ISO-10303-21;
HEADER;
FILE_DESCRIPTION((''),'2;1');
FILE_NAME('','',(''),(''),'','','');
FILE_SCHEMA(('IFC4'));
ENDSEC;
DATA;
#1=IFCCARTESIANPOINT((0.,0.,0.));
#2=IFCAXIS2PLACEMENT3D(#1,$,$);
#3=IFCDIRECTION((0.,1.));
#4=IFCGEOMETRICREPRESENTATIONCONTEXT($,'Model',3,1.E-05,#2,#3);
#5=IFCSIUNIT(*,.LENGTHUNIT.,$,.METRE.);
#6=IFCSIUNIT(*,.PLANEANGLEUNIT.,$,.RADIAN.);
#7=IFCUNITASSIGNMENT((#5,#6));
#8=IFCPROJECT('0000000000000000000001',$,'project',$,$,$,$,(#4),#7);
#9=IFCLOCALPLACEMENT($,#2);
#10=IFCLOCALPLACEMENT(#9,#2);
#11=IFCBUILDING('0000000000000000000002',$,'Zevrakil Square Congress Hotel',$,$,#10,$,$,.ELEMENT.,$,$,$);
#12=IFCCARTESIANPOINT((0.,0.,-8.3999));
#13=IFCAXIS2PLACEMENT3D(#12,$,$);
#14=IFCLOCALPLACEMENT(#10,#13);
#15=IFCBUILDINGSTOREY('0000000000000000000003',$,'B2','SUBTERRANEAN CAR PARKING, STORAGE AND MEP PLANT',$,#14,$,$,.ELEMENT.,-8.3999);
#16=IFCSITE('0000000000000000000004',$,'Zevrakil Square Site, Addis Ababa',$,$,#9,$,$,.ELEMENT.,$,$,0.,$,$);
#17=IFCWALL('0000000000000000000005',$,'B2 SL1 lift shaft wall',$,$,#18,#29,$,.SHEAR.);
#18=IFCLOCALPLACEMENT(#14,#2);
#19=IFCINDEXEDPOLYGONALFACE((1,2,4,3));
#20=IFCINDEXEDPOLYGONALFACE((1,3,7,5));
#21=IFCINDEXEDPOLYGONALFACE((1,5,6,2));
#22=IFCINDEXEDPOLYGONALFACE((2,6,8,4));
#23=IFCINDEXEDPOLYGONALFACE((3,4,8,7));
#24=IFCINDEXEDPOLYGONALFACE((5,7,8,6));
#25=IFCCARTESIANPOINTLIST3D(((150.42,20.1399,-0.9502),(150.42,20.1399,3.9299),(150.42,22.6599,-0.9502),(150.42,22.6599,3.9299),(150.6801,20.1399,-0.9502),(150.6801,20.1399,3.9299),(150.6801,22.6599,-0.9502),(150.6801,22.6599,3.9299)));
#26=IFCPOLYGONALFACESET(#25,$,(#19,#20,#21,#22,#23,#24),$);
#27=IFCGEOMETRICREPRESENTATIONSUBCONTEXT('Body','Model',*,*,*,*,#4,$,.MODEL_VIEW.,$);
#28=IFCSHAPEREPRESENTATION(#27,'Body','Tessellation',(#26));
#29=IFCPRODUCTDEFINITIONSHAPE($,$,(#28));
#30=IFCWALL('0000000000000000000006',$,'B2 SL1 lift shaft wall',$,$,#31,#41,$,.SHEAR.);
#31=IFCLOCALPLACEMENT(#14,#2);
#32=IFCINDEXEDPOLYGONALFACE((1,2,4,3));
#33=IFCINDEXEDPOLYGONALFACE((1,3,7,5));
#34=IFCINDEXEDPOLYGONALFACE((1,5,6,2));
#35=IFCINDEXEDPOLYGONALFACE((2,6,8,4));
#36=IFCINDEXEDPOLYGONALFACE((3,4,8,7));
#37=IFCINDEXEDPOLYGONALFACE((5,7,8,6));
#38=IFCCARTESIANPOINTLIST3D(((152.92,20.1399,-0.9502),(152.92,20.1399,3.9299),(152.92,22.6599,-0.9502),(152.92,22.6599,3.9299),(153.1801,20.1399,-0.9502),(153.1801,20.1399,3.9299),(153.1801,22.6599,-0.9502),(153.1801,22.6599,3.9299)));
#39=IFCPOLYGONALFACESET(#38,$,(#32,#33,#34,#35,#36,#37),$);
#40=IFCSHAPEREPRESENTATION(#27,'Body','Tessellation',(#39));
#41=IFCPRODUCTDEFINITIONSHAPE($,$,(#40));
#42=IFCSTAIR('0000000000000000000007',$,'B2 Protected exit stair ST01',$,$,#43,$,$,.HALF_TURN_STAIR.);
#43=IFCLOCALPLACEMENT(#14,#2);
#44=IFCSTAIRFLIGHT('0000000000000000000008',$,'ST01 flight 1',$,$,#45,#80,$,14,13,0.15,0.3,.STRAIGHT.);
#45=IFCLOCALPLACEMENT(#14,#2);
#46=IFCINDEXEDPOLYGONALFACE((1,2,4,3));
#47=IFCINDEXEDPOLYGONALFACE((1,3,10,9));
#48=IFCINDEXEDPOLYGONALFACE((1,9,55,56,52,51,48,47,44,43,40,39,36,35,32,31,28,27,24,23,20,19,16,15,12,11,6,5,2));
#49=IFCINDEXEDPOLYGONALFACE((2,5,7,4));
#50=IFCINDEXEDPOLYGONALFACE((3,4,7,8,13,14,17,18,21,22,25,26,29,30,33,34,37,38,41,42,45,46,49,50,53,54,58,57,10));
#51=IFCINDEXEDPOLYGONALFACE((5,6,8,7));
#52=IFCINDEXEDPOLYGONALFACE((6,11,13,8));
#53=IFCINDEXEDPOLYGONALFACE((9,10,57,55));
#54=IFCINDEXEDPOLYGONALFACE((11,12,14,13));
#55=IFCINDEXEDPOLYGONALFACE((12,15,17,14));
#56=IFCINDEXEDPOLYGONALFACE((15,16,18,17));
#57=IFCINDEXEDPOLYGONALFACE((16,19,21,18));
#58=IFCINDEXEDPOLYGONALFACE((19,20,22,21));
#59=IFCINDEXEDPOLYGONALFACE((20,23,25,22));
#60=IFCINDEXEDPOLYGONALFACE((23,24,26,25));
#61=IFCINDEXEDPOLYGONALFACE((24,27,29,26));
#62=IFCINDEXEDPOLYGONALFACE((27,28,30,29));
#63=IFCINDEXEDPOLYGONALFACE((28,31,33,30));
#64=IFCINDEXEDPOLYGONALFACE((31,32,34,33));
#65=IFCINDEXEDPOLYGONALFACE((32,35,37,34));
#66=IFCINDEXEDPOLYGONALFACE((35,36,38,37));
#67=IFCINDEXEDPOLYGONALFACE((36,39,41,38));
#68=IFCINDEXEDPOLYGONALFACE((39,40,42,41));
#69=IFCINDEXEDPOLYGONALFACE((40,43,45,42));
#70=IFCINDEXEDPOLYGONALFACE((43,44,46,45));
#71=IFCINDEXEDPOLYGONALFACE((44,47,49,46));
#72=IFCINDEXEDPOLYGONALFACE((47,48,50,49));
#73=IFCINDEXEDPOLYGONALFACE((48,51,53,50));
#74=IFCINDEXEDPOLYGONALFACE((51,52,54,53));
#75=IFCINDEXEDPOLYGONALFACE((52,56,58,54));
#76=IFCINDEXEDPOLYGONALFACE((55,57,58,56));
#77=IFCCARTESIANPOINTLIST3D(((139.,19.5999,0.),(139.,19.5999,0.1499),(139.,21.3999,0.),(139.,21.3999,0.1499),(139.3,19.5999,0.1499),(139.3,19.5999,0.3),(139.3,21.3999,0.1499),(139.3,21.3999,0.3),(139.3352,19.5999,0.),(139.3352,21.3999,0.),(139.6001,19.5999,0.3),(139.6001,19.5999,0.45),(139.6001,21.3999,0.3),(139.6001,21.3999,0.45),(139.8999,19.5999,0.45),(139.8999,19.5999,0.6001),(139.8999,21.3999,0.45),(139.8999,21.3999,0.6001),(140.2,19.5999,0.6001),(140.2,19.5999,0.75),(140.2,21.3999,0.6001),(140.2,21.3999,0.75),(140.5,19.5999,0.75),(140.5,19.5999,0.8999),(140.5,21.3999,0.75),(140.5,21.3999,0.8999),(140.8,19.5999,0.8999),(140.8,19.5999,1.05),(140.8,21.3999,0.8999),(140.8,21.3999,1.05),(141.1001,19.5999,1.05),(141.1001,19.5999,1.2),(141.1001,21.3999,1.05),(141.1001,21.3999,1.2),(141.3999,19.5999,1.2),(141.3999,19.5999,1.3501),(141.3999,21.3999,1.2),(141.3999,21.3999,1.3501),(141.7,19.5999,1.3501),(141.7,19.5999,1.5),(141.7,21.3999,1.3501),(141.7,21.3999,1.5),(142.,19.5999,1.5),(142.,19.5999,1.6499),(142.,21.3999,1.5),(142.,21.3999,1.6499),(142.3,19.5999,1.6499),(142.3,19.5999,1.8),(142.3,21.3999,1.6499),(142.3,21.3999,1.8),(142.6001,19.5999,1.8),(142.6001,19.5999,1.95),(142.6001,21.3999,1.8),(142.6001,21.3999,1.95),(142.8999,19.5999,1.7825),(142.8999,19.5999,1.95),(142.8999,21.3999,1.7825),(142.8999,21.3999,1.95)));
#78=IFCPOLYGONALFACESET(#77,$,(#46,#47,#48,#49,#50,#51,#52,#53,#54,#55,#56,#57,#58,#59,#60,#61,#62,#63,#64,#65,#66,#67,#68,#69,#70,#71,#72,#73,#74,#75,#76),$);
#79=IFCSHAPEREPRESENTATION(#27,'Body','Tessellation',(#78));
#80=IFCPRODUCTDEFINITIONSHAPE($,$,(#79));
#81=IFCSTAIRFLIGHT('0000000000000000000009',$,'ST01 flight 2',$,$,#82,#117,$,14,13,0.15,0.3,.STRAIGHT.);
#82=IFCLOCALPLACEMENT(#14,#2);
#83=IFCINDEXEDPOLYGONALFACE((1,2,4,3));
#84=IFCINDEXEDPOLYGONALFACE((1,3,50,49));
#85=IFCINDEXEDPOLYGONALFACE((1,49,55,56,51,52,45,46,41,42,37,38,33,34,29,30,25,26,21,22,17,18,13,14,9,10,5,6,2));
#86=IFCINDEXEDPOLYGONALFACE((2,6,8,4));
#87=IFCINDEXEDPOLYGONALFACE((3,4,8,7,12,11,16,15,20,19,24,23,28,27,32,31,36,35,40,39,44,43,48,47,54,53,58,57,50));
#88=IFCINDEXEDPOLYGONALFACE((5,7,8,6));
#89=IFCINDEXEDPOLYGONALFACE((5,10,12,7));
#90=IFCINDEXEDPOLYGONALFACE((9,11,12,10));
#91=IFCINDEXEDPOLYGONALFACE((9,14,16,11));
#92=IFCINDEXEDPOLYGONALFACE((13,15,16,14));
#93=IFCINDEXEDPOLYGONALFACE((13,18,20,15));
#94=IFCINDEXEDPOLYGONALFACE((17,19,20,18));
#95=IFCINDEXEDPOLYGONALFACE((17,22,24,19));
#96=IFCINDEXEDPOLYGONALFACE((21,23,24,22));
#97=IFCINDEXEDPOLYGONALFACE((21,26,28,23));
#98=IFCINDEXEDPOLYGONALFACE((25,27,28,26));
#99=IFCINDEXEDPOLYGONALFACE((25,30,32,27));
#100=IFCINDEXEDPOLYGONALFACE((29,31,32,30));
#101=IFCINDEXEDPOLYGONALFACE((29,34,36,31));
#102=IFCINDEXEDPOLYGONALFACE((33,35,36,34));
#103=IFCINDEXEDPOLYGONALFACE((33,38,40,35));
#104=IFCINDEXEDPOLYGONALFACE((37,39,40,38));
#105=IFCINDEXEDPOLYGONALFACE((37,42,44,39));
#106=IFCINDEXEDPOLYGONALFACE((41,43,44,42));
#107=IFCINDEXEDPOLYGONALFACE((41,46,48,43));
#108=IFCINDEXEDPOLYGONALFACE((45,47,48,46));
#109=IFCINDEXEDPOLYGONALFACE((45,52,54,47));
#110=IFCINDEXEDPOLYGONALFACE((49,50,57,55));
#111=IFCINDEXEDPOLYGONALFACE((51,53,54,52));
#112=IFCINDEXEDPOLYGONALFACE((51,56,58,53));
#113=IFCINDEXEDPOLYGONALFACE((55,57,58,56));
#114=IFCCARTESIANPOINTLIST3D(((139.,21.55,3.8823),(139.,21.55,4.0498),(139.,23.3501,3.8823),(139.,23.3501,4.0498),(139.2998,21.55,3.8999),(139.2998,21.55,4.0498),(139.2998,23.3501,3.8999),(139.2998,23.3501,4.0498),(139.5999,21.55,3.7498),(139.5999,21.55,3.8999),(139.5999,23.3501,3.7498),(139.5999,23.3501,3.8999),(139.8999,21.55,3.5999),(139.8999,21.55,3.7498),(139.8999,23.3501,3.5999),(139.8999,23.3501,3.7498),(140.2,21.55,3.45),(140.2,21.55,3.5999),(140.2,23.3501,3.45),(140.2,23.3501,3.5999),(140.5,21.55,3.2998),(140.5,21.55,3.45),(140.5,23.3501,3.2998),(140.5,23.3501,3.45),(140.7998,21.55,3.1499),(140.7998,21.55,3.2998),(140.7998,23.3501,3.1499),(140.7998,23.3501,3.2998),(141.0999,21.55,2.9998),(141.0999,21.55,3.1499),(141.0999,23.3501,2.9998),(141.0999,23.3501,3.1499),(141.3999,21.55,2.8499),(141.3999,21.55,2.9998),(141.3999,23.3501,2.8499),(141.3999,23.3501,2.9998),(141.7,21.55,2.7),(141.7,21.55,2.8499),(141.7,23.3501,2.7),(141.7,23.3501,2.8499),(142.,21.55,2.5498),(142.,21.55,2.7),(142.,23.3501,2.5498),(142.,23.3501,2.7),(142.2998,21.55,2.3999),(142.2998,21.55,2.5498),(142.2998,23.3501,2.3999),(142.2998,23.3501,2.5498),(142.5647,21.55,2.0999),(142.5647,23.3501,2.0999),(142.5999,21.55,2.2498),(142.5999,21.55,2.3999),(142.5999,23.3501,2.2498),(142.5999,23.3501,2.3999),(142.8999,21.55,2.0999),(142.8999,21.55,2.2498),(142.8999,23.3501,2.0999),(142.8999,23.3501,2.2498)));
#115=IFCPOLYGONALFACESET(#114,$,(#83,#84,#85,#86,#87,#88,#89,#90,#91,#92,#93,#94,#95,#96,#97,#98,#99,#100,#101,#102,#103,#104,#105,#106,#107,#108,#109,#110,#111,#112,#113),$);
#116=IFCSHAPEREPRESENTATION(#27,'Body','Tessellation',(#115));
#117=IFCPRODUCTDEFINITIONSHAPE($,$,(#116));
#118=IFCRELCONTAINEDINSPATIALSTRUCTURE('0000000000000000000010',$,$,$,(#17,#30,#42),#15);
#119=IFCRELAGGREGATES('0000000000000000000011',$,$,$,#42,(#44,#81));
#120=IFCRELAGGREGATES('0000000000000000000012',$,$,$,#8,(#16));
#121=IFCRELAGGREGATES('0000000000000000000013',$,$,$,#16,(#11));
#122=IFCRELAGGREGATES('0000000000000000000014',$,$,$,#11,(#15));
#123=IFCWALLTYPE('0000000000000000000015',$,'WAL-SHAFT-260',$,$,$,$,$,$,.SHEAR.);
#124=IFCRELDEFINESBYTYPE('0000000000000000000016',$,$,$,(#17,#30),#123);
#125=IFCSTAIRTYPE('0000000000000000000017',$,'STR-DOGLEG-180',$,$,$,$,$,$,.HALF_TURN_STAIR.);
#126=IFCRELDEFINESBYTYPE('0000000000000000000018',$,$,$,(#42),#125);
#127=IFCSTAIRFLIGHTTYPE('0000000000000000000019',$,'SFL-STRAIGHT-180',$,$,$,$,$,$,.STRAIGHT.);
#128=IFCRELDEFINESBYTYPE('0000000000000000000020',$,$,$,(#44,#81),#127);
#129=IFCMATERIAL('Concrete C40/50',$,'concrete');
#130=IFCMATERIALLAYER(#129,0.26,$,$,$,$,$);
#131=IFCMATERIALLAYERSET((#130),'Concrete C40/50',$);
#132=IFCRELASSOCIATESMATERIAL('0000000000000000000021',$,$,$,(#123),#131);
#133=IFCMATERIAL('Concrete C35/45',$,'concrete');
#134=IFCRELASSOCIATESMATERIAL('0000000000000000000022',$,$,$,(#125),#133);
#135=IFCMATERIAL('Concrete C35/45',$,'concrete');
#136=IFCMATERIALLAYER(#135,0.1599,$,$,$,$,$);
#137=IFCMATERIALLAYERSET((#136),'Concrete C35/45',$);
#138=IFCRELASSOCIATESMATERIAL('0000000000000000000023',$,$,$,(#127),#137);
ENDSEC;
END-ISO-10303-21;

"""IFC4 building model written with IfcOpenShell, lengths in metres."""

from ifc_helpers import new_model, si_unit, direction, frame, frame_2d, origin, place, context, subcontext, project, spatial, polyline, rectangle, outline, extrude, material, layer, layer_set, type_object, element, aggregate, save


model = new_model("IFC4")

# Units and contexts
model_context = context("Model", 3, precision=1e-05, world=origin(), true_north=direction((0.0, 1.0)))
body_context = subcontext(model_context, "Body", "Model", "MODEL_VIEW")
ifc_project = project(units=[si_unit("LENGTHUNIT", "METRE"), si_unit("PLANEANGLEUNIT", "RADIAN")], contexts=[model_context])

# Site, building, storey
site_placement = place(None, origin())
site = spatial("IfcSite", under=ifc_project, at=site_placement, Name="Zevrakil Square Site, Addis Ababa", CompositionType="ELEMENT", RefElevation=0.0)
building_placement = place(site_placement, origin())
building = spatial("IfcBuilding", under=site, at=building_placement, Name="Zevrakil Square Congress Hotel", CompositionType="ELEMENT")
storey_placement = place(building_placement, frame((0.0, 0.0, -8.3999)))
storey = spatial("IfcBuildingStorey", under=building, at=storey_placement, Name="B2", Description="SUBTERRANEAN CAR PARKING, STORAGE AND MEP PLANT", CompositionType="ELEMENT", Elevation=-8.3999)

# Shared definitions
ifc_material_1 = material(Name="Concrete C40/50", Category="concrete")
ifc_layer_1 = layer(ifc_material_1, 0.26)
ifc_layer_set_1 = layer_set([ifc_layer_1], Name="Concrete C40/50")
wall_type_1 = type_object("IfcWallType", Name="WAL-SHAFT-260", PredefinedType="SHEAR", material=ifc_layer_set_1)

# Walls
for number, where, z_axis, x_axis, name in (
    (1, (150.55, 20.1399, -0.9502), (0.0, 0.0, 1.0), (0.0, 1.0, 0.0), "B2 SL1 lift shaft wall"),
    (2, (153.05, 20.1399, -0.9502), (0.0, 0.0, 1.0), (0.0, 1.0, 0.0), "B2 SL1 lift shaft wall"),
):
    element("IfcWall", number, at=place(storey_placement, frame(where, z_axis=z_axis, x_axis=x_axis)), inside=storey, type_object=wall_type_1, Name=name, PredefinedType="SHEAR", context=body_context, shape_type="SweptSolid", body=[
        extrude(rectangle(XDim=2.52, YDim=0.26, at=frame_2d((1.26, 0.0))), origin(), (0.0, 0.0, 1.0), 4.8801),
    ])

# Stair, stair flights
ifc_material_2 = material(Name="Concrete C35/45", Category="concrete")
stair_type = type_object("IfcStairType", Name="STR-DOGLEG-180", PredefinedType="HALF_TURN_STAIR", material=ifc_material_2)
stair_placement = place(storey_placement, origin())
stair = element("IfcStair", 3, at=stair_placement, inside=storey, type_object=stair_type, Name="B2 Protected exit stair ST01", PredefinedType="HALF_TURN_STAIR")
ifc_material_3 = material(Name="Concrete C35/45", Category="concrete")
ifc_layer_2 = layer(ifc_material_3, 0.1599)
ifc_layer_set_2 = layer_set([ifc_layer_2], Name="Concrete C35/45")
stair_flight_type = type_object("IfcStairFlightType", Name="SFL-STRAIGHT-180", PredefinedType="STRAIGHT", material=ifc_layer_set_2)
stair_flight_1_placement = place(storey_placement, frame((139.0, 20.5, 0.0), z_axis=(0.0, 0.0, 1.0), x_axis=(1.0, 0.0, 0.0)))
stair_flight_1 = element("IfcStairFlight", 4, at=stair_flight_1_placement, type_object=stair_flight_type, Name="ST01 flight 1", NumberOfRisers=14, NumberOfTreads=13, PredefinedType="STRAIGHT", RiserHeight=0.15, TreadLength=0.3, context=body_context, shape_type="SweptSolid", body=[
    extrude(outline(polyline([(0.0, 0.0), (0.0, 0.1499), (0.3, 0.1499), (0.3, 0.3), (0.6001, 0.3), (0.6001, 0.45), (0.8999, 0.45), (0.8999, 0.6001), (1.2, 0.6001), (1.2, 0.75), (1.5, 0.75), (1.5, 0.8999), (1.8, 0.8999), (1.8, 1.05), (2.1001, 1.05), (2.1001, 1.2), (2.3999, 1.2), (2.3999, 1.3501), (2.7, 1.3501), (2.7, 1.5), (3.0, 1.5), (3.0, 1.6499), (3.3, 1.6499), (3.3, 1.8), (3.6001, 1.8), (3.6001, 1.95), (3.8999, 1.95), (3.8999, 2.1001), (3.8999, 1.7825), (0.3352, 0.0), (0.0, 0.0)])), frame((0.0, 0.8999, 0.0), z_axis=(0.0, -1.0, 0.0), x_axis=(1.0, 0.0, 0.0)), (0.0, 0.0, 1.0), 1.8),
])
stair_flight_2_placement = place(storey_placement, frame((142.8999, 22.45, 2.0999), z_axis=(0.0, 0.0, 1.0), x_axis=(-1.0, 0.0, 0.0)))
stair_flight_2 = element("IfcStairFlight", 5, at=stair_flight_2_placement, type_object=stair_flight_type, Name="ST01 flight 2", NumberOfRisers=14, NumberOfTreads=13, PredefinedType="STRAIGHT", RiserHeight=0.15, TreadLength=0.3, context=body_context, shape_type="SweptSolid", body=[
    extrude(outline(polyline([(0.0, 0.0), (0.0, 0.1499), (0.3, 0.1499), (0.3, 0.3), (0.6001, 0.3), (0.6001, 0.45), (0.8999, 0.45), (0.8999, 0.6001), (1.2, 0.6001), (1.2, 0.75), (1.5, 0.75), (1.5, 0.8999), (1.8, 0.8999), (1.8, 1.05), (2.1001, 1.05), (2.1001, 1.2), (2.3999, 1.2), (2.3999, 1.3501), (2.7, 1.3501), (2.7, 1.5), (3.0, 1.5), (3.0, 1.6499), (3.3, 1.6499), (3.3, 1.8), (3.6001, 1.8), (3.6001, 1.95), (3.8999, 1.95), (3.8999, 2.1001), (3.8999, 1.7825), (0.3352, 0.0), (0.0, 0.0)])), frame((0.0, 0.8999, 0.0), z_axis=(0.0, -1.0, 0.0), x_axis=(1.0, 0.0, 0.0)), (0.0, 0.0, 1.0), 1.8),
])
aggregate(stair, [stair_flight_1, stair_flight_2])

save(model, "model.ifc")
